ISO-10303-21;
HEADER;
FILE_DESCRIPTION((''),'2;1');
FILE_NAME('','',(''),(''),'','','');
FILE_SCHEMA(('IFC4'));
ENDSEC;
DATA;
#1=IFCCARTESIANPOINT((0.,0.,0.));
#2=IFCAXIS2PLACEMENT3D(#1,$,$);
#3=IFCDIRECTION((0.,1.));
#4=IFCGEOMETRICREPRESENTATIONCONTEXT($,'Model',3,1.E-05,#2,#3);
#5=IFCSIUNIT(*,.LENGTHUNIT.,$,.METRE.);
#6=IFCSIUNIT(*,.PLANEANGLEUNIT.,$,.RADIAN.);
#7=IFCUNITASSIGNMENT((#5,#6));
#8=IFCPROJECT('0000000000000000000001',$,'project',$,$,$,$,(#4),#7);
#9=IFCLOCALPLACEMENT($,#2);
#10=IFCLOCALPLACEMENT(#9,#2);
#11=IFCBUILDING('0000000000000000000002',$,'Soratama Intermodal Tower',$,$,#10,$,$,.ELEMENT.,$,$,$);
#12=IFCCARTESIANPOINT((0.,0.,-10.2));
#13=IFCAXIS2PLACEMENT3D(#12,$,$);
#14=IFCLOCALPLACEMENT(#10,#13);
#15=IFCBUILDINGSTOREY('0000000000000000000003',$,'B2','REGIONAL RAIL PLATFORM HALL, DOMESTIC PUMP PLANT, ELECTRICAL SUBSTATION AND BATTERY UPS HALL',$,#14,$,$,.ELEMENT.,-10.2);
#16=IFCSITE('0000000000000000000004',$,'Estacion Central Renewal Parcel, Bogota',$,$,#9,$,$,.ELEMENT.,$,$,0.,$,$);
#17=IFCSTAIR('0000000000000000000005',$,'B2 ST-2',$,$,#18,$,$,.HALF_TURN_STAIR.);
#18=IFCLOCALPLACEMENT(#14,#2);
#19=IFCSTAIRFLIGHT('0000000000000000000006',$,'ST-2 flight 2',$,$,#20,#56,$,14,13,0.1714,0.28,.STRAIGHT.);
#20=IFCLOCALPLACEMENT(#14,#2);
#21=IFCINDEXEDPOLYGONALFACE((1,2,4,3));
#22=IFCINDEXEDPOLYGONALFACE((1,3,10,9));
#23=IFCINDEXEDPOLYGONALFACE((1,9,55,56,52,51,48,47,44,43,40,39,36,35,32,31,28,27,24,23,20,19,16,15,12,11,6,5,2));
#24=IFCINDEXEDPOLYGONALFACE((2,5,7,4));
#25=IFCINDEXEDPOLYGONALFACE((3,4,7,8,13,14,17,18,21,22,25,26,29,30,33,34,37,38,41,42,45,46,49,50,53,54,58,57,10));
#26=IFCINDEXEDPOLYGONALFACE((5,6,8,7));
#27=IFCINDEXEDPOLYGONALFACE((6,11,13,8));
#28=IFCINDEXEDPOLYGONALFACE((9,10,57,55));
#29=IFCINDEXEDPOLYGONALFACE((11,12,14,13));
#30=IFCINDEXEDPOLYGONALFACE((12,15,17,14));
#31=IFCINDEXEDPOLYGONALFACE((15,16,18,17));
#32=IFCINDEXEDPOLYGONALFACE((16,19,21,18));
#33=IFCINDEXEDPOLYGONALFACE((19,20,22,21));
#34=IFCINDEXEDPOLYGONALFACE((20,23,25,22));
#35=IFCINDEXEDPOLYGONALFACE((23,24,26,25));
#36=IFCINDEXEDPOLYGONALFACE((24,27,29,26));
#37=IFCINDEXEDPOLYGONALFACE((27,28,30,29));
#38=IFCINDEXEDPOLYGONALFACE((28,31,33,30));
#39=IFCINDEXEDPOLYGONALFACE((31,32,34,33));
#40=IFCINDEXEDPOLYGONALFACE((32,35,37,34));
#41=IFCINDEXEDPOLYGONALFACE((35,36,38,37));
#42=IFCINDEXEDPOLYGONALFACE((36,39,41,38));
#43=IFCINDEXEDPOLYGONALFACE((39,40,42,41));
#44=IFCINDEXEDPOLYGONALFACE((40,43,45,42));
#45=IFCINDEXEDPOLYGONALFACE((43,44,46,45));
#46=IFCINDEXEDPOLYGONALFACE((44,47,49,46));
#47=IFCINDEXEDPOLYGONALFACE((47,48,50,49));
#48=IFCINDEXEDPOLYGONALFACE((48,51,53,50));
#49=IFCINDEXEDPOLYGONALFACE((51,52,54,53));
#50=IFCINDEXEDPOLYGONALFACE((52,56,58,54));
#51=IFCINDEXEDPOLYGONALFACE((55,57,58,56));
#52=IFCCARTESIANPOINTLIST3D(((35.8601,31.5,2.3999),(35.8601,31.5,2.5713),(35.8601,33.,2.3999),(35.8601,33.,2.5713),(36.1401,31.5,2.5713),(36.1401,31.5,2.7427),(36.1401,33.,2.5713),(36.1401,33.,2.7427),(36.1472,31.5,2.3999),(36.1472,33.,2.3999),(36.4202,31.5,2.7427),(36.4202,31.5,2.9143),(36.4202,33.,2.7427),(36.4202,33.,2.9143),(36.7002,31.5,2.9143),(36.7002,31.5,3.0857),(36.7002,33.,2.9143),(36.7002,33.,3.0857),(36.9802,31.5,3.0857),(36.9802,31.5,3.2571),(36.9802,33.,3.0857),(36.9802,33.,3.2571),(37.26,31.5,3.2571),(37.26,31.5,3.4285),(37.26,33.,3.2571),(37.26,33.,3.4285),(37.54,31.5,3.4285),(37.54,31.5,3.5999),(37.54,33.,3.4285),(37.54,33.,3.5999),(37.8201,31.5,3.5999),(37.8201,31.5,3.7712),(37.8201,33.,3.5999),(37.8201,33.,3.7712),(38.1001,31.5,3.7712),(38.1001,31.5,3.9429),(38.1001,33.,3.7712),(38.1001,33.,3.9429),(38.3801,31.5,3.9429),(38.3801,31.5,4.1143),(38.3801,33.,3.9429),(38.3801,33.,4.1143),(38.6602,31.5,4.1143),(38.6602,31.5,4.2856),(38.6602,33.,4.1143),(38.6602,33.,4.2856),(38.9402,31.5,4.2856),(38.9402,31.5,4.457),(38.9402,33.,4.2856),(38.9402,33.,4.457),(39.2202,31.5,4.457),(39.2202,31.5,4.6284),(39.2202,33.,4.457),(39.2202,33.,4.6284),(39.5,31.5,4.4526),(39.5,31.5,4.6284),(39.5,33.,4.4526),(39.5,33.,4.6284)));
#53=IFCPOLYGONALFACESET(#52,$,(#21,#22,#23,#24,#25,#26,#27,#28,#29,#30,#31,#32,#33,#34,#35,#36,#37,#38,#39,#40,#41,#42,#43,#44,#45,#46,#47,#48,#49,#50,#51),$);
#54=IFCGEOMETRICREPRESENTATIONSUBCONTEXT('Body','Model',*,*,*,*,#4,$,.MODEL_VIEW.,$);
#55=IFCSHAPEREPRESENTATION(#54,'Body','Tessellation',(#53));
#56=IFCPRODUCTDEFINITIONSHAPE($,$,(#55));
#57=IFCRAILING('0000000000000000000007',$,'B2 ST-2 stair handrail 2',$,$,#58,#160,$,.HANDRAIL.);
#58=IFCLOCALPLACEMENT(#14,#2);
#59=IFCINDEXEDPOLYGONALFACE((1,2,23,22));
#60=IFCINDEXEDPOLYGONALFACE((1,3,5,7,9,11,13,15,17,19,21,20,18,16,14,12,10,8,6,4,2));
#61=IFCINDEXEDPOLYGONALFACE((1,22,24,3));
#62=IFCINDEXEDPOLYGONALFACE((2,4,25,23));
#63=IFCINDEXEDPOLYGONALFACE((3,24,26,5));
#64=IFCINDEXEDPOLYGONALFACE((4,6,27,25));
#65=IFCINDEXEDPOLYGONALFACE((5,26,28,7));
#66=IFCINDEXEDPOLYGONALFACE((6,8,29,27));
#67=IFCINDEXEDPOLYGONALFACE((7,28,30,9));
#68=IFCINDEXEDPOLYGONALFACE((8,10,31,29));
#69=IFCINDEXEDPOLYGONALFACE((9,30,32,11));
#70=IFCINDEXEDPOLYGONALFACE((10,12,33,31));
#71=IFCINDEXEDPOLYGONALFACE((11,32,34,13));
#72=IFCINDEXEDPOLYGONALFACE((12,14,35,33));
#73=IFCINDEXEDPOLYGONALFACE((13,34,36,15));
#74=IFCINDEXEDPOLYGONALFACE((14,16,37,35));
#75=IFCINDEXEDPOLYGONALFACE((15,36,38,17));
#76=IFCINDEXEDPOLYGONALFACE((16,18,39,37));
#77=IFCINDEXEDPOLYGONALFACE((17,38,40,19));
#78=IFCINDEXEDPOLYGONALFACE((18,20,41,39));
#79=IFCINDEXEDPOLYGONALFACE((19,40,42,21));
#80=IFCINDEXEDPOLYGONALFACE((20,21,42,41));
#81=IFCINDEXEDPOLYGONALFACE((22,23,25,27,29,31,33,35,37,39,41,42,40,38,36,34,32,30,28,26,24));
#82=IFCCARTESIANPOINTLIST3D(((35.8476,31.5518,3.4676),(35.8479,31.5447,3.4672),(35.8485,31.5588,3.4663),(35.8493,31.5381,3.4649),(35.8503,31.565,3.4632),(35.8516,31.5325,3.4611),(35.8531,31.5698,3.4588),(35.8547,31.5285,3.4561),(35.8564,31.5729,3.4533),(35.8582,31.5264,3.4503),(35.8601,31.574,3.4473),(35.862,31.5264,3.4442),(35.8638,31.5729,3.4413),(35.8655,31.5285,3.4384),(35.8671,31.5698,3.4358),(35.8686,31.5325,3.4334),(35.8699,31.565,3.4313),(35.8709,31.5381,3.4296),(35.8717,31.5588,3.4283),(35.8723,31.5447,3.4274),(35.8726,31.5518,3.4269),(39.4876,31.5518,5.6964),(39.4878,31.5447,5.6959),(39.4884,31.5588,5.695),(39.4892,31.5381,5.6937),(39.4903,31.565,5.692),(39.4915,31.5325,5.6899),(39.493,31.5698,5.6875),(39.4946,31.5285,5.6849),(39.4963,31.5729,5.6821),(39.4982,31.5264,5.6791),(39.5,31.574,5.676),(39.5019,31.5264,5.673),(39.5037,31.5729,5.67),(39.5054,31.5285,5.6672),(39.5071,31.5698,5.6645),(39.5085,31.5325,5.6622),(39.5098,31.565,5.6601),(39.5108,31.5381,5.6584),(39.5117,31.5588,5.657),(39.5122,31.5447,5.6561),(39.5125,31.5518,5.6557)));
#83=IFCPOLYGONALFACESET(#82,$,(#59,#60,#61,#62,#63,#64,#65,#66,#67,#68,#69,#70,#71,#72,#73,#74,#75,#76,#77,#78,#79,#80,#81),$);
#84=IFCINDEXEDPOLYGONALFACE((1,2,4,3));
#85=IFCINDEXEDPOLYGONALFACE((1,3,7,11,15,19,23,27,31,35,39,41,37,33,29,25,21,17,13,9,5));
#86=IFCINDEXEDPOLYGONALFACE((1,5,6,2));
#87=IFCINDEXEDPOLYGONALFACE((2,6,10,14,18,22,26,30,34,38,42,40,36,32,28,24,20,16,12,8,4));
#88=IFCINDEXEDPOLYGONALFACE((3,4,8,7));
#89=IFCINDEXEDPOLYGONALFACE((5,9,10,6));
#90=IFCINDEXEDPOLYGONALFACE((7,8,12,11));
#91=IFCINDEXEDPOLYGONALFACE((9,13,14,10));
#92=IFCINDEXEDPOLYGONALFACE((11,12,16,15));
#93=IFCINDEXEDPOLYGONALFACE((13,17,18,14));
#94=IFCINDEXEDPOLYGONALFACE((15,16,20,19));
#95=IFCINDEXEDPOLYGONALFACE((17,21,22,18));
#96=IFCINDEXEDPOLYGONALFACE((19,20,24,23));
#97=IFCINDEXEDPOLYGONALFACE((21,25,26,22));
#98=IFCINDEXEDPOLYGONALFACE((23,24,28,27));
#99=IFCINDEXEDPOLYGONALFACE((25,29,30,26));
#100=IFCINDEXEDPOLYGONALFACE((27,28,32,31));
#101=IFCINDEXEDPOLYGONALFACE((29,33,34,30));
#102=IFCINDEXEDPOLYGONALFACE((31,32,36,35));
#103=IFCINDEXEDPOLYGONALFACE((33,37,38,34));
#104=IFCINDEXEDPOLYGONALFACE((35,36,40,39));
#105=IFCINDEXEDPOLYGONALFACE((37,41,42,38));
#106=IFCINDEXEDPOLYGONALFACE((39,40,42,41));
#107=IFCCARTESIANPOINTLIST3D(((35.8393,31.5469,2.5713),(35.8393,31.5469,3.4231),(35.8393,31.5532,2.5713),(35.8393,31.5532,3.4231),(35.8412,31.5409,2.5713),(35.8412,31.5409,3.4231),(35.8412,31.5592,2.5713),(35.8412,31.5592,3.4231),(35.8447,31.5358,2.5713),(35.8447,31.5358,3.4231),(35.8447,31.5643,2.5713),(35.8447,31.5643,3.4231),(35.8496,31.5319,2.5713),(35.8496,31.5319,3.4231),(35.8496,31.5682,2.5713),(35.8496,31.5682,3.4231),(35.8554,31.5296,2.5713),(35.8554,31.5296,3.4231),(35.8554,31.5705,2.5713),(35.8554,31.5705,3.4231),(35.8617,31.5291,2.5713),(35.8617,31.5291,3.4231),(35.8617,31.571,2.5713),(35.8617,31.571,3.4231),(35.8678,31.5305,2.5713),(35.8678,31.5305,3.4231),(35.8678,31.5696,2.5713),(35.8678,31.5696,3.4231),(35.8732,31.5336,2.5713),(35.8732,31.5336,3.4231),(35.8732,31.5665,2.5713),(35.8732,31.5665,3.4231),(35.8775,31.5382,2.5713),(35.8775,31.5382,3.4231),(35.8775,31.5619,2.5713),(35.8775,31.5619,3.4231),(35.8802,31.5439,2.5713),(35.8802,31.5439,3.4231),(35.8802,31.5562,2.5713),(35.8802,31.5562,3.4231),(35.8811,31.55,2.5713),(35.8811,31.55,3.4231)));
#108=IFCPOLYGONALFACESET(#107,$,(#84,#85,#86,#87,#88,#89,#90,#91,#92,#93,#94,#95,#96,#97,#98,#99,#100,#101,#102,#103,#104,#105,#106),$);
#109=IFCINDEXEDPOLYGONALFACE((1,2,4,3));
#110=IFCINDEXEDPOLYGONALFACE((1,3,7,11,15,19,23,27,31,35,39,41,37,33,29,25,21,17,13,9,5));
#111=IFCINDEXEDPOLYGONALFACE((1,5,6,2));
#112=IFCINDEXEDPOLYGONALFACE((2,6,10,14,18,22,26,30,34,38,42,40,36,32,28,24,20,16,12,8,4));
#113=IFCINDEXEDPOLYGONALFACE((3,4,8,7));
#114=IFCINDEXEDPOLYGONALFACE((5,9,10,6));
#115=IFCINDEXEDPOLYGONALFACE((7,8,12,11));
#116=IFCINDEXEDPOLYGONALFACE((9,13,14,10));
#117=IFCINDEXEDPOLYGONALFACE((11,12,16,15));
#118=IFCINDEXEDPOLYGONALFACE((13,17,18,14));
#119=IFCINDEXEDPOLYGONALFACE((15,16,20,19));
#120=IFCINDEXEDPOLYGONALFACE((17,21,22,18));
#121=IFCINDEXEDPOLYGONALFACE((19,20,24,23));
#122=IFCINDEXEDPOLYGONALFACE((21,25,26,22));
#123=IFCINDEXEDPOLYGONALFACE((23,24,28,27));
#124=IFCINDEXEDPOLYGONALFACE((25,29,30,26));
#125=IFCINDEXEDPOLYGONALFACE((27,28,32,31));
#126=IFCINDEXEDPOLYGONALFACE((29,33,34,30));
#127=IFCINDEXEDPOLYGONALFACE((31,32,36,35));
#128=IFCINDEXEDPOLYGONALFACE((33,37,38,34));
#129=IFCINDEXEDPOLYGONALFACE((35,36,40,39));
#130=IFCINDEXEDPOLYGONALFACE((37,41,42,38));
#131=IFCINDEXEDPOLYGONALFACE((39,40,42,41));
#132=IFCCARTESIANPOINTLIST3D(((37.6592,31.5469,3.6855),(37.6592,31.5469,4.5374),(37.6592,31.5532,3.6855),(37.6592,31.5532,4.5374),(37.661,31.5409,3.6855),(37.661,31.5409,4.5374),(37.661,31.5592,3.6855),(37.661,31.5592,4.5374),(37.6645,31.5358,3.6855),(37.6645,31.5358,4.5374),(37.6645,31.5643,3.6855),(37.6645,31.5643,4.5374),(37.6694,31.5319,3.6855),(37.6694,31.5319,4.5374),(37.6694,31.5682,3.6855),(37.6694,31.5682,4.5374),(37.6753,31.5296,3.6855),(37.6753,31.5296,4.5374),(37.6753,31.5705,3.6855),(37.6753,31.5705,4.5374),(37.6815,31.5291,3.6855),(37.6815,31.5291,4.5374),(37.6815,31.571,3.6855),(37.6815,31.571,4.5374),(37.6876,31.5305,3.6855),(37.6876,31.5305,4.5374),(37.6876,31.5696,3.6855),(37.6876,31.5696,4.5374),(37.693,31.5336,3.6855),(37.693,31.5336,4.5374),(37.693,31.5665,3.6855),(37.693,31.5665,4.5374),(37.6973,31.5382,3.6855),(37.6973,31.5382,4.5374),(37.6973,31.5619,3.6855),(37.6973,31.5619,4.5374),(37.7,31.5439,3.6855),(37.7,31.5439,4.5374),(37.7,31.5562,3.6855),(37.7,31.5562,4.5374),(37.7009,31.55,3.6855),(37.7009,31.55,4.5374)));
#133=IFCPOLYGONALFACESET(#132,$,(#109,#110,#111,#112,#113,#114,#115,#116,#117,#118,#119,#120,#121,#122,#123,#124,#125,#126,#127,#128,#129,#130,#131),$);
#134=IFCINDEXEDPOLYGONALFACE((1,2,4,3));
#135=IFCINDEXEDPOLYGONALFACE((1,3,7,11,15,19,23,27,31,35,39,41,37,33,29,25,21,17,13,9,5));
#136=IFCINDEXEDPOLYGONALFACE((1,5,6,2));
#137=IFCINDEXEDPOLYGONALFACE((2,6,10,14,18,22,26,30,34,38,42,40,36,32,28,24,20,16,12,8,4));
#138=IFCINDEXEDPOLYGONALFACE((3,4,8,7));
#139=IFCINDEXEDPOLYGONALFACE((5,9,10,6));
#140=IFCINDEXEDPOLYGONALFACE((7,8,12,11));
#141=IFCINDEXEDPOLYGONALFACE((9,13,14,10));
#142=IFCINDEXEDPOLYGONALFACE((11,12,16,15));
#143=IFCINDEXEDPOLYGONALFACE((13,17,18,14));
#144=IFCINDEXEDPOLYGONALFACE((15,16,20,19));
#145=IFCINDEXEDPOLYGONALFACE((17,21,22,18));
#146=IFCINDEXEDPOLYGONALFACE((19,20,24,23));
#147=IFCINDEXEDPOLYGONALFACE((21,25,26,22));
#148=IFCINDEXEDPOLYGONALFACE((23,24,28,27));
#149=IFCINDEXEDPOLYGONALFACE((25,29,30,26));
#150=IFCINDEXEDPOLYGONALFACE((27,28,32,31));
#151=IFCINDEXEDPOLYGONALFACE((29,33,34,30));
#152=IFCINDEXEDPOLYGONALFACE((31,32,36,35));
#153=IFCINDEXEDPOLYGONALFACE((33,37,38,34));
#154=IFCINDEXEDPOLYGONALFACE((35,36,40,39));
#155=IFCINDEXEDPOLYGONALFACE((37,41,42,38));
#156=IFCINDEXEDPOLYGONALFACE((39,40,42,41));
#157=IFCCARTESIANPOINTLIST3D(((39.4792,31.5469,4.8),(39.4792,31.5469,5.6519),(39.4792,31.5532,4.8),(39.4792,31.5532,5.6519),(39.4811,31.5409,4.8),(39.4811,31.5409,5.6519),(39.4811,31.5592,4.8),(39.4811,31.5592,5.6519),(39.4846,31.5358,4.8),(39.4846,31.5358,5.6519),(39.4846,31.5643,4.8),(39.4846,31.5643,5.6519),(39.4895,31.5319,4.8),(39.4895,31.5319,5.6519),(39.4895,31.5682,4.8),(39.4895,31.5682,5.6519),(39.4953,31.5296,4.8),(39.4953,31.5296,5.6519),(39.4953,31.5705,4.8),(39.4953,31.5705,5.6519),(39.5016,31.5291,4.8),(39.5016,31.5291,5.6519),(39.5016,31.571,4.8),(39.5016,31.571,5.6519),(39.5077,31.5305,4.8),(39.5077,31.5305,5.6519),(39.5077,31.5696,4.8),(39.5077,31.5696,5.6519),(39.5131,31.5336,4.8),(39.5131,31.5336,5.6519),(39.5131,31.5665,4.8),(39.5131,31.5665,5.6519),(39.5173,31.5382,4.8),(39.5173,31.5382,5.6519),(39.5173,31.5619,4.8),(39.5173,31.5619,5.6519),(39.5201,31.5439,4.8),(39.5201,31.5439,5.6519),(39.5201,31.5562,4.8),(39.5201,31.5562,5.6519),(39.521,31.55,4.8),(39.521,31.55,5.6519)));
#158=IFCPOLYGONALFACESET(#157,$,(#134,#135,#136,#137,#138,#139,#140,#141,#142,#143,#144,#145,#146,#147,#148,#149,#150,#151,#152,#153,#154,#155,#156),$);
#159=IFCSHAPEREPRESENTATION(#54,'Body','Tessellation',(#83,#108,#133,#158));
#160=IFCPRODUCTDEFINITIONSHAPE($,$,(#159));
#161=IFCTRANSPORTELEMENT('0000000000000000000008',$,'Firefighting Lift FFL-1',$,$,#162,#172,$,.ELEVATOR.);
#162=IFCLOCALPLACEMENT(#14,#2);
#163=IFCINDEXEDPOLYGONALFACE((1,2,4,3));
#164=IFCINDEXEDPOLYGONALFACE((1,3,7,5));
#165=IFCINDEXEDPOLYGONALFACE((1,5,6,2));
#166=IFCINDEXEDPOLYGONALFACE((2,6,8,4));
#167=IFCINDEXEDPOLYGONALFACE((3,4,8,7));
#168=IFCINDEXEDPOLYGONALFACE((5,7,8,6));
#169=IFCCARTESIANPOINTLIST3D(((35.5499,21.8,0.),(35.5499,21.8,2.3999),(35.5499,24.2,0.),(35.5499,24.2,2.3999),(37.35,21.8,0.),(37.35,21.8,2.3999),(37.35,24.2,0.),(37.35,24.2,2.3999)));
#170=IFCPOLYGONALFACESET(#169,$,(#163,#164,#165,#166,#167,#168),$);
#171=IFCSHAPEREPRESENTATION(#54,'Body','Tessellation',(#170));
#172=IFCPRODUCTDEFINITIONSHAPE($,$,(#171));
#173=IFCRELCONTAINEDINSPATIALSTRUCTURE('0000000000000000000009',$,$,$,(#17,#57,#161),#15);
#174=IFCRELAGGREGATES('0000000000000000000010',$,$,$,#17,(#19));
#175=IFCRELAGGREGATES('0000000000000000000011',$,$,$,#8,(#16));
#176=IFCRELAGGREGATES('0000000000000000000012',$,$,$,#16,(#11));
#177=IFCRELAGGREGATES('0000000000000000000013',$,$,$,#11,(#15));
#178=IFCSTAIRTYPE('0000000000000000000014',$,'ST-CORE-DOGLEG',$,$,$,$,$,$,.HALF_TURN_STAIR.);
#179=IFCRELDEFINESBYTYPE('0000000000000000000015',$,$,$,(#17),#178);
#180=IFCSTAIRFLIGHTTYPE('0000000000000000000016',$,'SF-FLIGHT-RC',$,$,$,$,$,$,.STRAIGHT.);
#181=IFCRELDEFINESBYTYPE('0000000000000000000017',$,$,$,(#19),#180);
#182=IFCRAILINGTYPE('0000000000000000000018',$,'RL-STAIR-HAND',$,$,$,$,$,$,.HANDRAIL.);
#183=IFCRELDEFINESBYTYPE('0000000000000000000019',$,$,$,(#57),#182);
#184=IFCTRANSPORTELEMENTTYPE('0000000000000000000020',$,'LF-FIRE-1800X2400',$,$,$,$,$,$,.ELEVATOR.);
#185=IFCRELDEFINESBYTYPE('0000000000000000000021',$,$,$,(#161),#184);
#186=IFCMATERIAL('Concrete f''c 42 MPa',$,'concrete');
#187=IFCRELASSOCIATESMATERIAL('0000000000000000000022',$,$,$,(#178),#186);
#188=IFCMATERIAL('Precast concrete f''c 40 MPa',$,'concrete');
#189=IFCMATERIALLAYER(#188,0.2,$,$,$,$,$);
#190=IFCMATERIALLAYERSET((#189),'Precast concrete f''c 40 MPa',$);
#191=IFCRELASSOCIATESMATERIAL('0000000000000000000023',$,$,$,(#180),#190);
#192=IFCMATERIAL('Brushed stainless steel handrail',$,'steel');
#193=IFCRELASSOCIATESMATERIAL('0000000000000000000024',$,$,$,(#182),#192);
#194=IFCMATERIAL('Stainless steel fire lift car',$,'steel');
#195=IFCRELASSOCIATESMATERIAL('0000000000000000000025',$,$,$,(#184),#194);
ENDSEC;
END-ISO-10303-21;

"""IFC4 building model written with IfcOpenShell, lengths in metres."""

from ifc_helpers import new_model, si_unit, direction, frame, origin, origin_2d, place, context, subcontext, project, spatial, polyline, rectangle, circle, outline, extrude, material, layer, layer_set, type_object, element, aggregate, save


model = new_model("IFC4")

# Units and contexts
model_context = context("Model", 3, precision=1e-05, world=origin(), true_north=direction((0.0, 1.0)))
body_context = subcontext(model_context, "Body", "Model", "MODEL_VIEW")
ifc_project = project(units=[si_unit("LENGTHUNIT", "METRE"), si_unit("PLANEANGLEUNIT", "RADIAN")], contexts=[model_context])

# Site, building, storey
site_placement = place(None, origin())
site = spatial("IfcSite", under=ifc_project, at=site_placement, Name="Estacion Central Renewal Parcel, Bogota", CompositionType="ELEMENT", RefElevation=0.0)
building_placement = place(site_placement, origin())
building = spatial("IfcBuilding", under=site, at=building_placement, Name="Soratama Intermodal Tower", CompositionType="ELEMENT")
storey_placement = place(building_placement, frame((0.0, 0.0, -10.2)))
storey = spatial("IfcBuildingStorey", under=building, at=storey_placement, Name="B2", Description="REGIONAL RAIL PLATFORM HALL, DOMESTIC PUMP PLANT, ELECTRICAL SUBSTATION AND BATTERY UPS HALL", CompositionType="ELEMENT", Elevation=-10.2)

# Stair, stair flight
ifc_material_1 = material(Name="Concrete f'c 42 MPa", Category="concrete")
stair_type = type_object("IfcStairType", Name="ST-CORE-DOGLEG", PredefinedType="HALF_TURN_STAIR", material=ifc_material_1)
stair_placement = place(storey_placement, origin())
stair = element("IfcStair", 1, at=stair_placement, inside=storey, type_object=stair_type, Name="B2 ST-2", PredefinedType="HALF_TURN_STAIR")
ifc_material_2 = material(Name="Precast concrete f'c 40 MPa", Category="concrete")
ifc_layer_1 = layer(ifc_material_2, 0.2)
ifc_layer_set_1 = layer_set([ifc_layer_1], Name="Precast concrete f'c 40 MPa")
stair_flight_type = type_object("IfcStairFlightType", Name="SF-FLIGHT-RC", PredefinedType="STRAIGHT", material=ifc_layer_set_1)
stair_flight_placement = place(storey_placement, frame((35.8601, 32.25, 2.3999), z_axis=(0.0, 0.0, 1.0), x_axis=(1.0, 0.0, 0.0)))
stair_flight = element("IfcStairFlight", 2, at=stair_flight_placement, type_object=stair_flight_type, Name="ST-2 flight 2", NumberOfRisers=14, NumberOfTreads=13, PredefinedType="STRAIGHT", RiserHeight=0.1714, TreadLength=0.28, context=body_context, shape_type="SweptSolid", body=[
    extrude(outline(polyline([(0.0, 0.0), (0.0, 0.1714), (0.28, 0.1714), (0.28, 0.3428), (0.5601, 0.3428), (0.5601, 0.5144), (0.8401, 0.5144), (0.8401, 0.6858), (1.1201, 0.6858), (1.1201, 0.8572), (1.3999, 0.8572), (1.3999, 1.0286), (1.6799, 1.0286), (1.6799, 1.2), (1.96, 1.2), (1.96, 1.3713), (2.24, 1.3713), (2.24, 1.543), (2.52, 1.543), (2.52, 1.7144), (2.8, 1.7144), (2.8, 1.8857), (3.0801, 1.8857), (3.0801, 2.0571), (3.3601, 2.0571), (3.3601, 2.2285), (3.6399, 2.2285), (3.6399, 2.3999), (3.6399, 2.0527), (0.2871, 0.0), (0.0, 0.0)])), frame((0.0, 0.75, 0.0), z_axis=(0.0, -1.0, 0.0), x_axis=(1.0, 0.0, 0.0)), (0.0, 0.0, 1.0), 1.5),
])
aggregate(stair, [stair_flight])

# Railing
ifc_material_3 = material(Name="Brushed stainless steel handrail", Category="steel")
railing_type = type_object("IfcRailingType", Name="RL-STAIR-HAND", PredefinedType="HANDRAIL", material=ifc_material_3)
railing_placement = place(storey_placement, frame((35.8601, 31.55, 2.5713)))
element("IfcRailing", 3, at=railing_placement, inside=storey, type_object=railing_type, Name="B2 ST-2 stair handrail 2", PredefinedType="HANDRAIL", context=body_context, shape_type="SweptSolid", body=[
    extrude(circle(Radius=0.0239, at=origin_2d()), frame((0.0, 0.0, 0.876), z_axis=(0.852825, 0.0, 0.522197), x_axis=(0.0, 1.0, 0.0)), (0.0, 0.0, 1.0), 4.2681),
    extrude(circle(Radius=0.021, at=origin_2d()), origin(), (0.0, 0.0, 1.0), 0.8518),
    extrude(circle(Radius=0.021, at=origin_2d()), frame((1.8198, 0.0, 1.1143)), (0.0, 0.0, 1.0), 0.8518),
    extrude(circle(Radius=0.021, at=origin_2d()), frame((3.6399, 0.0, 2.2288)), (0.0, 0.0, 1.0), 0.8518),
])

# Transport element
ifc_material_4 = material(Name="Stainless steel fire lift car", Category="steel")
transport_element_type = type_object("IfcTransportElementType", Name="LF-FIRE-1800X2400", PredefinedType="ELEVATOR", material=ifc_material_4)
transport_element_placement = place(storey_placement, frame((36.45, 23.0, 0.0), z_axis=(0.0, 0.0, 1.0), x_axis=(1.0, 0.0, 0.0)))
element("IfcTransportElement", 4, at=transport_element_placement, inside=storey, type_object=transport_element_type, Name="Firefighting Lift FFL-1", PredefinedType="ELEVATOR", context=body_context, shape_type="SweptSolid", body=[
    extrude(rectangle(XDim=1.8, YDim=2.3999, at=origin_2d()), origin(), (0.0, 0.0, 1.0), 2.3999),
])

save(model, "model.ifc")
